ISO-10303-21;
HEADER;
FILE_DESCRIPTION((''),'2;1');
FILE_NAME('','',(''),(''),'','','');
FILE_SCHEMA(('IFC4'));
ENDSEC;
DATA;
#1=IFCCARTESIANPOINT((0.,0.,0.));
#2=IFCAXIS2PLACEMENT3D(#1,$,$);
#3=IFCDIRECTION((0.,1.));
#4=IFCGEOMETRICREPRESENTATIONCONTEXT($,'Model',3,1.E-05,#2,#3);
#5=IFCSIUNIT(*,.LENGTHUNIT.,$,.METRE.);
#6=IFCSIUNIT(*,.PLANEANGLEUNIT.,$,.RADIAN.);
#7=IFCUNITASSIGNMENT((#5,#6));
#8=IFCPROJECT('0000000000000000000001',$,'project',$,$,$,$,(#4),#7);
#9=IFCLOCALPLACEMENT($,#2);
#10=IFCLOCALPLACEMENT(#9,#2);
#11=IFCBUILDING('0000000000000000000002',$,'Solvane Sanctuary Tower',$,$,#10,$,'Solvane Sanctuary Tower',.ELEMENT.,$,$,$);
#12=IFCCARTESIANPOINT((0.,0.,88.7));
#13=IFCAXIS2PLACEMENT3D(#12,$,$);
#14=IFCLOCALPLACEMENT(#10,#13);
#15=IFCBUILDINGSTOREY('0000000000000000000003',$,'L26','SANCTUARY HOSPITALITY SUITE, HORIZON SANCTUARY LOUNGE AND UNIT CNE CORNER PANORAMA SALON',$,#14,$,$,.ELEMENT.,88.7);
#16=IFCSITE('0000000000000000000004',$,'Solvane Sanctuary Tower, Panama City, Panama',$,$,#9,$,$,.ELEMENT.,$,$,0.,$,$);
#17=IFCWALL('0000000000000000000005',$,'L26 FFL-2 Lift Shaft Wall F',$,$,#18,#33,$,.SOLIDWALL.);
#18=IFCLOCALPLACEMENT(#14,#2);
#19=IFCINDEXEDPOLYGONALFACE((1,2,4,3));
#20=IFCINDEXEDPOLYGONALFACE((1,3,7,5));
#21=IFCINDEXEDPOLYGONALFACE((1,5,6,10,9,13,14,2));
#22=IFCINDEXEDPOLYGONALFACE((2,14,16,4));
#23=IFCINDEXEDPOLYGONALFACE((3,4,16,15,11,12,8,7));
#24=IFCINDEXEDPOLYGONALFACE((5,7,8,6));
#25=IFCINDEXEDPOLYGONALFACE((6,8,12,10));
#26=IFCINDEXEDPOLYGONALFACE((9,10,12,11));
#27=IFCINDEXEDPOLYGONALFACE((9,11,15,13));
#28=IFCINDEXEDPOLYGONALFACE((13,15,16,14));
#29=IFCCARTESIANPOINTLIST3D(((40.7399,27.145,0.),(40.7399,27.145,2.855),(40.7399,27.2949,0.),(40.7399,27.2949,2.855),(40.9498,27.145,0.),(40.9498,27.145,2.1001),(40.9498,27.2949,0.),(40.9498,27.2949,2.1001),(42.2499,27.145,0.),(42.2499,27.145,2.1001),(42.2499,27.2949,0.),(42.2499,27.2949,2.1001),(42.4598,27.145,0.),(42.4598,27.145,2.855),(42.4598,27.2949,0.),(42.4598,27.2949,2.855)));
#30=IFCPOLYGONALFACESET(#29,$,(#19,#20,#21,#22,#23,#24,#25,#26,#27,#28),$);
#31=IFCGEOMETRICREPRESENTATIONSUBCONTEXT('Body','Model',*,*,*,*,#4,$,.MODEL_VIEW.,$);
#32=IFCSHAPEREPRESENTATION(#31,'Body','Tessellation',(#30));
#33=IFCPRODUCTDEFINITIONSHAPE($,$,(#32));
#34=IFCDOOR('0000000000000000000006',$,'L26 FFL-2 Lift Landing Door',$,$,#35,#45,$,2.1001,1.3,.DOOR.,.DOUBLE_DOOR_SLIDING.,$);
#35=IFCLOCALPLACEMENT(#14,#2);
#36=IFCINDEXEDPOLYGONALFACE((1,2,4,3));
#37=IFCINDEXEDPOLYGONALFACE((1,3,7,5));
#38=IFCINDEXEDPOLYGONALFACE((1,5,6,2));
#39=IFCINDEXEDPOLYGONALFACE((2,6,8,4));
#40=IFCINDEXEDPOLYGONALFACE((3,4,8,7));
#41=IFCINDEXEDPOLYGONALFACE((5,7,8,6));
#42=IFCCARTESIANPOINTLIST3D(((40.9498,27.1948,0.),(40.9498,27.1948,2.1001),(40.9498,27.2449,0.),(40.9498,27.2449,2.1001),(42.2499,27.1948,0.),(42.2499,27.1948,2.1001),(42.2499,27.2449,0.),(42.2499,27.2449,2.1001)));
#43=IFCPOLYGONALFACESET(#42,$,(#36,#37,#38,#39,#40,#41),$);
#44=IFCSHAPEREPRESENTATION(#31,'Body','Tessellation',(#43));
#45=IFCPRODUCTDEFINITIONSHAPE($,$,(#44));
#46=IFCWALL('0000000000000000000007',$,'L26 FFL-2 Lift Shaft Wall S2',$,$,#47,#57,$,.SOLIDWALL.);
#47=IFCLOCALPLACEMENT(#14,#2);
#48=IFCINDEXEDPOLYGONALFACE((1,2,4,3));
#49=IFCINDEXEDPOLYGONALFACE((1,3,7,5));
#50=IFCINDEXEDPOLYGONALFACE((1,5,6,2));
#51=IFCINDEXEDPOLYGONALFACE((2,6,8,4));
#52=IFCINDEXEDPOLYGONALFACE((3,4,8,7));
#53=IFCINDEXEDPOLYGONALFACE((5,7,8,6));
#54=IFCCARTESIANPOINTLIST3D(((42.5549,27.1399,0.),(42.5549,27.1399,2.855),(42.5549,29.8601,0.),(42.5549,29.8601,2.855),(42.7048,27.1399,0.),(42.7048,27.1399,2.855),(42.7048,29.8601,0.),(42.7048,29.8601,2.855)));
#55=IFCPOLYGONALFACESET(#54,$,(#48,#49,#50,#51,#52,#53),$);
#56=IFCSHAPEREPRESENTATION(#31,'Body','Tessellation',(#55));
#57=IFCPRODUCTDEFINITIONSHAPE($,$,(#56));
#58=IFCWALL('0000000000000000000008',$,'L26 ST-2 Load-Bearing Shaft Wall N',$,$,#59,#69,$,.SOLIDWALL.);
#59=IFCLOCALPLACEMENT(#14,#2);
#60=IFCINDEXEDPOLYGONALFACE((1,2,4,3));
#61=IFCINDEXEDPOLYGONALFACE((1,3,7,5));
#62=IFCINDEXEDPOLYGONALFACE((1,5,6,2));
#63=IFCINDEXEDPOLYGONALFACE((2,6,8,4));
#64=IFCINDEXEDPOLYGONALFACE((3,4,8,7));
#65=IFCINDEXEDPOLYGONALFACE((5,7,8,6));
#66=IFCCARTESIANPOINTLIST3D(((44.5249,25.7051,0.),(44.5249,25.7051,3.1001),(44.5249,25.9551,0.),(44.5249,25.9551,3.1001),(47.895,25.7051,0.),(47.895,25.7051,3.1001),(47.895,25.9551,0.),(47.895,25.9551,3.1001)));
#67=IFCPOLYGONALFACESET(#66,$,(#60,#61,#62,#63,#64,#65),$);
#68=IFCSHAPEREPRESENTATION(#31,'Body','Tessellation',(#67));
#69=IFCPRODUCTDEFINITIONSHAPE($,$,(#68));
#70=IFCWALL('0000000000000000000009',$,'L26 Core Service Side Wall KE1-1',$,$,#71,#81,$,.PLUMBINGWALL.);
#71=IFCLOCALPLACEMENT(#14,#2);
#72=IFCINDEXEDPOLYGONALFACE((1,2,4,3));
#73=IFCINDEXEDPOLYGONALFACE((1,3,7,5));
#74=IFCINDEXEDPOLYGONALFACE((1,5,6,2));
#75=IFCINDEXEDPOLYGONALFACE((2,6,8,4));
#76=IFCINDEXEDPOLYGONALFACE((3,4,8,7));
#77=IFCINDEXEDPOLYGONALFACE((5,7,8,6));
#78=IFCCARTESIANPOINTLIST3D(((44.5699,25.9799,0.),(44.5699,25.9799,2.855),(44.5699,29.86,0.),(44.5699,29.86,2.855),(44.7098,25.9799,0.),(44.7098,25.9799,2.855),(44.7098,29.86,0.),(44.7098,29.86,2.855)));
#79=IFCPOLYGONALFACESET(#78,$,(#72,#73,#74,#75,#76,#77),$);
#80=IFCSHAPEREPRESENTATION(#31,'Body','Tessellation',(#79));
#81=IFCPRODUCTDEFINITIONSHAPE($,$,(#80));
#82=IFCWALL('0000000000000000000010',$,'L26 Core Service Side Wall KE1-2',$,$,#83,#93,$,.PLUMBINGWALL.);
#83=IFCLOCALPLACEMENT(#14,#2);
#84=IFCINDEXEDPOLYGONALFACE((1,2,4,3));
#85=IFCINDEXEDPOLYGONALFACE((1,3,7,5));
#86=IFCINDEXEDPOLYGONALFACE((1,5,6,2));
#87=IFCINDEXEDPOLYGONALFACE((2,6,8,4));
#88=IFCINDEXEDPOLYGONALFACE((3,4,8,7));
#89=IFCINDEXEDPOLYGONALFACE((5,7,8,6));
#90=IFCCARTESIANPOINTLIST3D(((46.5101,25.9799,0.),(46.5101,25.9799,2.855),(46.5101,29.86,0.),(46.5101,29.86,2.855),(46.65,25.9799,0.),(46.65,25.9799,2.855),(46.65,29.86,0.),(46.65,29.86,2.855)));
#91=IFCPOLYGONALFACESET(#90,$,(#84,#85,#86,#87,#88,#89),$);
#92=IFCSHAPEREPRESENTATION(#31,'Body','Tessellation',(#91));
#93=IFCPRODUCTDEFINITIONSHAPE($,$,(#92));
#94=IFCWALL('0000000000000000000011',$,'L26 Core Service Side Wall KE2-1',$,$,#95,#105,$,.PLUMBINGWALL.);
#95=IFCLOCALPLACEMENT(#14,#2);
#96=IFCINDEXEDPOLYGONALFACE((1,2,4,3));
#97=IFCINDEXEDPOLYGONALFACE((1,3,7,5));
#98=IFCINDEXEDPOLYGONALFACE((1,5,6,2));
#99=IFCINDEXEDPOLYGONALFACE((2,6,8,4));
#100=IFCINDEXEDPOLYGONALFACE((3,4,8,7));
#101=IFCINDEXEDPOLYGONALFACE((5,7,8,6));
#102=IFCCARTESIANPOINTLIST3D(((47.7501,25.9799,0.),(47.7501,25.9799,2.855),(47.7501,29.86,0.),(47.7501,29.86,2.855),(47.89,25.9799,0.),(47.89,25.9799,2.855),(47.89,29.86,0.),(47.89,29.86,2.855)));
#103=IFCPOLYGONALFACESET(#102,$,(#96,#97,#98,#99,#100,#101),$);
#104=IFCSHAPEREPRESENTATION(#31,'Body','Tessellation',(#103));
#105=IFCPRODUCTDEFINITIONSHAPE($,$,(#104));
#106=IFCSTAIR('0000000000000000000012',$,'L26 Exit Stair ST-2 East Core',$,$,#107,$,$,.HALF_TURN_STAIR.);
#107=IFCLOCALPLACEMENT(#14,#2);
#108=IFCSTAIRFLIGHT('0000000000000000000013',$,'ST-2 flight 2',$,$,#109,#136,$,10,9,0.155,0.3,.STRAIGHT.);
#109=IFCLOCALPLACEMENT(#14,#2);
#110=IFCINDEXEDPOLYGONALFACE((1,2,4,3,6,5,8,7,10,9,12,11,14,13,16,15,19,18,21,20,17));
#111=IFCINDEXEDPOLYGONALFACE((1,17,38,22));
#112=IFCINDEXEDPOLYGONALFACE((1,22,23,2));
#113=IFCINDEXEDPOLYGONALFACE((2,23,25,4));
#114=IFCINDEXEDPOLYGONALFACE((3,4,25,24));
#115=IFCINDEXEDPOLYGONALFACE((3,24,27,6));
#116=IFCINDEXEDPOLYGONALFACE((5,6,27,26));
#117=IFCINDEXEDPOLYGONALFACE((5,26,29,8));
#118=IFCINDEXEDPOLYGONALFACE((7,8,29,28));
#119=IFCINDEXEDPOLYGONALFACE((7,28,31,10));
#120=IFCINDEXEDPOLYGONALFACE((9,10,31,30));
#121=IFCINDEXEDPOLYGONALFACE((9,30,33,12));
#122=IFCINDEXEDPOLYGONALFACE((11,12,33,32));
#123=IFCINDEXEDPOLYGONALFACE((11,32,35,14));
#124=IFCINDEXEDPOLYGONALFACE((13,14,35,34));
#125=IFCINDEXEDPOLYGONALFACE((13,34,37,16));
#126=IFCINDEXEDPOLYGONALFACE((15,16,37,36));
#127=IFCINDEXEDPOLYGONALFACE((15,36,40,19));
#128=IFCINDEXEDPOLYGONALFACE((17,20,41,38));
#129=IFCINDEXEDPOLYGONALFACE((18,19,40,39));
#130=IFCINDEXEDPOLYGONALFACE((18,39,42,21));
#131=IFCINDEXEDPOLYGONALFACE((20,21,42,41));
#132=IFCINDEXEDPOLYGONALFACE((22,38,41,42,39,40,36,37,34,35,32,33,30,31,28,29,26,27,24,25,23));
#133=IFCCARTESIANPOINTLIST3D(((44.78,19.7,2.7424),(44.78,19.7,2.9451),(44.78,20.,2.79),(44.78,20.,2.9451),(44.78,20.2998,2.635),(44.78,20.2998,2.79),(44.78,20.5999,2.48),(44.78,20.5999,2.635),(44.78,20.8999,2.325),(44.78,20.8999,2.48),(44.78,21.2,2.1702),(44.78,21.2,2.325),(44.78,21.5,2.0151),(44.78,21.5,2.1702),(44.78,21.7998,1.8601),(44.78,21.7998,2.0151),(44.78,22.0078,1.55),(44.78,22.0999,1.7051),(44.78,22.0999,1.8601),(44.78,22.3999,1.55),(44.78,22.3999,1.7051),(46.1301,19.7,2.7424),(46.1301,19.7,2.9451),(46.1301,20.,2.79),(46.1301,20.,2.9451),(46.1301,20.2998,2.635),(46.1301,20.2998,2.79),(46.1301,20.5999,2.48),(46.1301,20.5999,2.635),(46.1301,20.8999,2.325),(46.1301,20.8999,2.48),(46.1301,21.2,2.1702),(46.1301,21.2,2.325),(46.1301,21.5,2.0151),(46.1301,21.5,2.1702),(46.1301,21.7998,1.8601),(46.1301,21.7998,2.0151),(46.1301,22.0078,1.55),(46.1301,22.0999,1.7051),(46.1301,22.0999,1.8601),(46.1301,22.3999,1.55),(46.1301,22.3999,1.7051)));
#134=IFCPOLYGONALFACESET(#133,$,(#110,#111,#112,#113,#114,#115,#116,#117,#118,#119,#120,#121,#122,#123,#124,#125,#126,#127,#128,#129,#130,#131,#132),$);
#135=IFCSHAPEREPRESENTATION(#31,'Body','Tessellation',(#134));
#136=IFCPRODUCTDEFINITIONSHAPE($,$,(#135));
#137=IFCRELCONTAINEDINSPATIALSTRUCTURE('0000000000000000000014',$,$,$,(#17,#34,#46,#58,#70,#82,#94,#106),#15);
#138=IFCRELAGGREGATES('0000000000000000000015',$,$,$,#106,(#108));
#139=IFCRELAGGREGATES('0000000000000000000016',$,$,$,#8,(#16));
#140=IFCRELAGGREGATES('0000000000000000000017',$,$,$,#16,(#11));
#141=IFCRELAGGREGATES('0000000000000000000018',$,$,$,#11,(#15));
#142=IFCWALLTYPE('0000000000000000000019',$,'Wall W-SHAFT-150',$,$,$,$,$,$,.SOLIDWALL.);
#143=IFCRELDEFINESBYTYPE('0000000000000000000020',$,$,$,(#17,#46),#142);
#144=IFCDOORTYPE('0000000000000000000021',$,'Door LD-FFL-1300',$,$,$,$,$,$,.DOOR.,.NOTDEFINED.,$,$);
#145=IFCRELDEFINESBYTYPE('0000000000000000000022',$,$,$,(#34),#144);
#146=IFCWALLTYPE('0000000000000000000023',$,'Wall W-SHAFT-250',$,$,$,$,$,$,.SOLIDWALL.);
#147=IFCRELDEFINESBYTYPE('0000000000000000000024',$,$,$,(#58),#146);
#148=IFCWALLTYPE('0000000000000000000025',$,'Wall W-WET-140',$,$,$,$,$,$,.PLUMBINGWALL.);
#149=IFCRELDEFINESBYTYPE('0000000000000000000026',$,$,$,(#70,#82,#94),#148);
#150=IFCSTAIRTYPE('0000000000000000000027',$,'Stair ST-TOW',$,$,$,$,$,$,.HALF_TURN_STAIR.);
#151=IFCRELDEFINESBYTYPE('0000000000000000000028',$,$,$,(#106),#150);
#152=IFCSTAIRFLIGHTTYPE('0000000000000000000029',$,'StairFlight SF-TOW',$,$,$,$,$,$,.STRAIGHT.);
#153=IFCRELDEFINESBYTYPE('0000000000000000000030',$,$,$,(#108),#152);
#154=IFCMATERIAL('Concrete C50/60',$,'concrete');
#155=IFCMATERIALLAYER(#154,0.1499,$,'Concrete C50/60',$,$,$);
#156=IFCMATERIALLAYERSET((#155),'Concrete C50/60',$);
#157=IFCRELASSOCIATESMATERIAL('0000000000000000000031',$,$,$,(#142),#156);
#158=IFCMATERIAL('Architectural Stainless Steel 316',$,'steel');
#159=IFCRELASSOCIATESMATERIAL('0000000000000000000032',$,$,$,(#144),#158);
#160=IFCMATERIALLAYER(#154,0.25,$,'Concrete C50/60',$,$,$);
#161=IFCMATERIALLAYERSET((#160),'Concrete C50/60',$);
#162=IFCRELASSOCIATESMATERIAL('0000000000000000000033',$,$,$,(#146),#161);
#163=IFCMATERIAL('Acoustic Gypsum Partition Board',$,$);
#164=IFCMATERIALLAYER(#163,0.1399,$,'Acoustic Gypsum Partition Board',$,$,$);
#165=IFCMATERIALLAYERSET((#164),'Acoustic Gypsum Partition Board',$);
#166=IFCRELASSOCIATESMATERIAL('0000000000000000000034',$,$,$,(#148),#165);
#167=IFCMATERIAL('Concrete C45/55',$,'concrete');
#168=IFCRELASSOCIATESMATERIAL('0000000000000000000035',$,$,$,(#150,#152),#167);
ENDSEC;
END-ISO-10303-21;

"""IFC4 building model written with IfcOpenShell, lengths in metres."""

from ifc_helpers import new_model, si_unit, direction, frame, frame_2d, origin, place, context, subcontext, project, spatial, polyline, rectangle, outline, extrude, material, layer, layer_set, type_object, element, fill, aggregate, save


model = new_model("IFC4")

# Units and contexts
model_context = context("Model", 3, precision=1e-05, world=origin(), true_north=direction((0.0, 1.0)))
body_context = subcontext(model_context, "Body", "Model", "MODEL_VIEW")
ifc_project = project(units=[si_unit("LENGTHUNIT", "METRE"), si_unit("PLANEANGLEUNIT", "RADIAN")], contexts=[model_context])

# Site, building, storey
site_placement = place(None, origin())
site = spatial("IfcSite", under=ifc_project, at=site_placement, Name="Solvane Sanctuary Tower, Panama City, Panama", CompositionType="ELEMENT", RefElevation=0.0)
building_placement = place(site_placement, origin())
building = spatial("IfcBuilding", under=site, at=building_placement, Name="Solvane Sanctuary Tower", LongName="Solvane Sanctuary Tower", CompositionType="ELEMENT")
storey_placement = place(building_placement, frame((0.0, 0.0, 88.7)))
storey = spatial("IfcBuildingStorey", under=building, at=storey_placement, Name="L26", Description="SANCTUARY HOSPITALITY SUITE, HORIZON SANCTUARY LOUNGE AND UNIT CNE CORNER PANORAMA SALON", CompositionType="ELEMENT", Elevation=88.7)

# Shared definitions
ifc_material_1 = material(Name="Acoustic Gypsum Partition Board")
ifc_material_2 = material(Name="Concrete C50/60", Category="concrete")
ifc_layer_1 = layer(ifc_material_2, 0.1499, Name="Concrete C50/60")
ifc_layer_set_1 = layer_set([ifc_layer_1], Name="Concrete C50/60")
wall_type_1 = type_object("IfcWallType", Name="Wall W-SHAFT-150", PredefinedType="SOLIDWALL", material=ifc_layer_set_1)

# Wall, opening, door
wall_1_placement = place(storey_placement, frame((40.74, 27.22, 0.0), z_axis=(0.0, 0.0, 1.0), x_axis=(1.0, 0.0, 0.0)))
wall_1 = element("IfcWall", 1, at=wall_1_placement, inside=storey, type_object=wall_type_1, Name="L26 FFL-2 Lift Shaft Wall F", PredefinedType="SOLIDWALL", context=body_context, shape_type="SweptSolid", body=[
    extrude(rectangle(XDim=1.72, YDim=0.1499, at=frame_2d((0.8599, 0.0))), origin(), (0.0, 0.0, 1.0), 2.855),
])
opening_placement = place(wall_1_placement, frame((0.21, 0.0, 0.0)))
opening = element("IfcOpeningElement", 2, at=opening_placement, cuts=wall_1, PredefinedType="OPENING", context=body_context, shape_type="SweptSolid", body=[
    extrude(rectangle(XDim=1.3, YDim=2.1001, at=frame_2d((0.6499, 1.05))), frame((0.0, 0.085, 0.0), z_axis=(0.0, -1.0, 0.0), x_axis=(1.0, 0.0, 0.0)), (0.0, 0.0, 1.0), 0.1699),
])
ifc_material_3 = material(Name="Architectural Stainless Steel 316", Category="steel")
door_type = type_object("IfcDoorType", Name="Door LD-FFL-1300", OperationType="NOTDEFINED", PredefinedType="DOOR", material=ifc_material_3)
door_placement = place(opening_placement, origin())
door = element("IfcDoor", 3, at=door_placement, inside=storey, type_object=door_type, Name="L26 FFL-2 Lift Landing Door", OperationType="DOUBLE_DOOR_SLIDING", OverallHeight=2.1001, OverallWidth=1.3, PredefinedType="DOOR", context=body_context, shape_type="SweptSolid", body=[
    extrude(rectangle(XDim=1.3, YDim=2.1001, at=frame_2d((0.6499, 1.05))), frame((0.0, 0.0249, 0.0), z_axis=(0.0, -1.0, 0.0), x_axis=(1.0, 0.0, 0.0)), (0.0, 0.0, 1.0), 0.05),
])
fill(opening, door)

# Walls
wall_2_placement = place(storey_placement, frame((42.6299, 27.1399, 0.0), z_axis=(0.0, 0.0, 1.0), x_axis=(0.0, 1.0, 0.0)))
element("IfcWall", 4, at=wall_2_placement, inside=storey, type_object=wall_type_1, Name="L26 FFL-2 Lift Shaft Wall S2", PredefinedType="SOLIDWALL", context=body_context, shape_type="SweptSolid", body=[
    extrude(rectangle(XDim=2.7202, YDim=0.1499, at=frame_2d((1.3601, 0.0))), origin(), (0.0, 0.0, 1.0), 2.855),
])
ifc_layer_2 = layer(ifc_material_2, 0.25, Name="Concrete C50/60")
ifc_layer_set_2 = layer_set([ifc_layer_2], Name="Concrete C50/60")
wall_type_2 = type_object("IfcWallType", Name="Wall W-SHAFT-250", PredefinedType="SOLIDWALL", material=ifc_layer_set_2)
wall_3_placement = place(storey_placement, frame((44.5249, 25.8301, 0.0), z_axis=(0.0, 0.0, 1.0), x_axis=(1.0, 0.0, 0.0)))
element("IfcWall", 5, at=wall_3_placement, inside=storey, type_object=wall_type_2, Name="L26 ST-2 Load-Bearing Shaft Wall N", PredefinedType="SOLIDWALL", context=body_context, shape_type="SweptSolid", body=[
    extrude(rectangle(XDim=3.3701, YDim=0.25, at=frame_2d((1.6851, 0.0))), origin(), (0.0, 0.0, 1.0), 3.1001),
])
ifc_layer_3 = layer(ifc_material_1, 0.1399, Name="Acoustic Gypsum Partition Board")
ifc_layer_set_3 = layer_set([ifc_layer_3], Name="Acoustic Gypsum Partition Board")
wall_type_3 = type_object("IfcWallType", Name="Wall W-WET-140", PredefinedType="PLUMBINGWALL", material=ifc_layer_set_3)
for number, where, z_axis, x_axis, name in (
    (6, (44.6399, 25.98, 0.0), (0.0, 0.0, 1.0), (0.0, 1.0, 0.0), "L26 Core Service Side Wall KE1-1"),
    (7, (46.5801, 25.98, 0.0), (0.0, 0.0, 1.0), (0.0, 1.0, 0.0), "L26 Core Service Side Wall KE1-2"),
    (8, (47.8201, 25.98, 0.0), (0.0, 0.0, 1.0), (0.0, 1.0, 0.0), "L26 Core Service Side Wall KE2-1"),
):
    element("IfcWall", number, at=place(storey_placement, frame(where, z_axis=z_axis, x_axis=x_axis)), inside=storey, type_object=wall_type_3, Name=name, PredefinedType="PLUMBINGWALL", context=body_context, shape_type="SweptSolid", body=[
        extrude(rectangle(XDim=3.8801, YDim=0.1399, at=frame_2d((1.9399, 0.0))), origin(), (0.0, 0.0, 1.0), 2.855),
    ])

# Stair, stair flight
ifc_material_4 = material(Name="Concrete C45/55", Category="concrete")
stair_type = type_object("IfcStairType", Name="Stair ST-TOW", PredefinedType="HALF_TURN_STAIR", material=ifc_material_4)
stair_placement = place(storey_placement, origin())
stair = element("IfcStair", 9, at=stair_placement, inside=storey, type_object=stair_type, Name="L26 Exit Stair ST-2 East Core", PredefinedType="HALF_TURN_STAIR")
stair_flight_type = type_object("IfcStairFlightType", Name="StairFlight SF-TOW", PredefinedType="STRAIGHT", material=ifc_material_4)
stair_flight_placement = place(storey_placement, frame((45.4551, 22.3999, 1.55), z_axis=(0.0, 0.0, 1.0), x_axis=(0.0, -1.0, 0.0)))
stair_flight = element("IfcStairFlight", 10, at=stair_flight_placement, type_object=stair_flight_type, Name="ST-2 flight 2", NumberOfRisers=10, NumberOfTreads=9, PredefinedType="STRAIGHT", RiserHeight=0.155, TreadLength=0.3, context=body_context, shape_type="SweptSolid", body=[
    extrude(outline(polyline([(0.0, 0.0), (0.0, 0.155), (0.3, 0.155), (0.3, 0.3101), (0.6001, 0.3101), (0.6001, 0.4651), (0.8999, 0.4651), (0.8999, 0.6201), (1.2, 0.6201), (1.2, 0.7749), (1.5, 0.7749), (1.5, 0.9299), (1.8, 0.9299), (1.8, 1.085), (2.1001, 1.085), (2.1001, 1.24), (2.3999, 1.24), (2.3999, 1.395), (2.7, 1.395), (2.7, 1.55), (2.7, 1.1924), (0.3921, 0.0), (0.0, 0.0)])), frame((0.0, 0.675, 0.0), z_axis=(0.0, -1.0, 0.0), x_axis=(1.0, 0.0, 0.0)), (0.0, 0.0, 1.0), 1.3501),
])
aggregate(stair, [stair_flight])

save(model, "model.ifc")
